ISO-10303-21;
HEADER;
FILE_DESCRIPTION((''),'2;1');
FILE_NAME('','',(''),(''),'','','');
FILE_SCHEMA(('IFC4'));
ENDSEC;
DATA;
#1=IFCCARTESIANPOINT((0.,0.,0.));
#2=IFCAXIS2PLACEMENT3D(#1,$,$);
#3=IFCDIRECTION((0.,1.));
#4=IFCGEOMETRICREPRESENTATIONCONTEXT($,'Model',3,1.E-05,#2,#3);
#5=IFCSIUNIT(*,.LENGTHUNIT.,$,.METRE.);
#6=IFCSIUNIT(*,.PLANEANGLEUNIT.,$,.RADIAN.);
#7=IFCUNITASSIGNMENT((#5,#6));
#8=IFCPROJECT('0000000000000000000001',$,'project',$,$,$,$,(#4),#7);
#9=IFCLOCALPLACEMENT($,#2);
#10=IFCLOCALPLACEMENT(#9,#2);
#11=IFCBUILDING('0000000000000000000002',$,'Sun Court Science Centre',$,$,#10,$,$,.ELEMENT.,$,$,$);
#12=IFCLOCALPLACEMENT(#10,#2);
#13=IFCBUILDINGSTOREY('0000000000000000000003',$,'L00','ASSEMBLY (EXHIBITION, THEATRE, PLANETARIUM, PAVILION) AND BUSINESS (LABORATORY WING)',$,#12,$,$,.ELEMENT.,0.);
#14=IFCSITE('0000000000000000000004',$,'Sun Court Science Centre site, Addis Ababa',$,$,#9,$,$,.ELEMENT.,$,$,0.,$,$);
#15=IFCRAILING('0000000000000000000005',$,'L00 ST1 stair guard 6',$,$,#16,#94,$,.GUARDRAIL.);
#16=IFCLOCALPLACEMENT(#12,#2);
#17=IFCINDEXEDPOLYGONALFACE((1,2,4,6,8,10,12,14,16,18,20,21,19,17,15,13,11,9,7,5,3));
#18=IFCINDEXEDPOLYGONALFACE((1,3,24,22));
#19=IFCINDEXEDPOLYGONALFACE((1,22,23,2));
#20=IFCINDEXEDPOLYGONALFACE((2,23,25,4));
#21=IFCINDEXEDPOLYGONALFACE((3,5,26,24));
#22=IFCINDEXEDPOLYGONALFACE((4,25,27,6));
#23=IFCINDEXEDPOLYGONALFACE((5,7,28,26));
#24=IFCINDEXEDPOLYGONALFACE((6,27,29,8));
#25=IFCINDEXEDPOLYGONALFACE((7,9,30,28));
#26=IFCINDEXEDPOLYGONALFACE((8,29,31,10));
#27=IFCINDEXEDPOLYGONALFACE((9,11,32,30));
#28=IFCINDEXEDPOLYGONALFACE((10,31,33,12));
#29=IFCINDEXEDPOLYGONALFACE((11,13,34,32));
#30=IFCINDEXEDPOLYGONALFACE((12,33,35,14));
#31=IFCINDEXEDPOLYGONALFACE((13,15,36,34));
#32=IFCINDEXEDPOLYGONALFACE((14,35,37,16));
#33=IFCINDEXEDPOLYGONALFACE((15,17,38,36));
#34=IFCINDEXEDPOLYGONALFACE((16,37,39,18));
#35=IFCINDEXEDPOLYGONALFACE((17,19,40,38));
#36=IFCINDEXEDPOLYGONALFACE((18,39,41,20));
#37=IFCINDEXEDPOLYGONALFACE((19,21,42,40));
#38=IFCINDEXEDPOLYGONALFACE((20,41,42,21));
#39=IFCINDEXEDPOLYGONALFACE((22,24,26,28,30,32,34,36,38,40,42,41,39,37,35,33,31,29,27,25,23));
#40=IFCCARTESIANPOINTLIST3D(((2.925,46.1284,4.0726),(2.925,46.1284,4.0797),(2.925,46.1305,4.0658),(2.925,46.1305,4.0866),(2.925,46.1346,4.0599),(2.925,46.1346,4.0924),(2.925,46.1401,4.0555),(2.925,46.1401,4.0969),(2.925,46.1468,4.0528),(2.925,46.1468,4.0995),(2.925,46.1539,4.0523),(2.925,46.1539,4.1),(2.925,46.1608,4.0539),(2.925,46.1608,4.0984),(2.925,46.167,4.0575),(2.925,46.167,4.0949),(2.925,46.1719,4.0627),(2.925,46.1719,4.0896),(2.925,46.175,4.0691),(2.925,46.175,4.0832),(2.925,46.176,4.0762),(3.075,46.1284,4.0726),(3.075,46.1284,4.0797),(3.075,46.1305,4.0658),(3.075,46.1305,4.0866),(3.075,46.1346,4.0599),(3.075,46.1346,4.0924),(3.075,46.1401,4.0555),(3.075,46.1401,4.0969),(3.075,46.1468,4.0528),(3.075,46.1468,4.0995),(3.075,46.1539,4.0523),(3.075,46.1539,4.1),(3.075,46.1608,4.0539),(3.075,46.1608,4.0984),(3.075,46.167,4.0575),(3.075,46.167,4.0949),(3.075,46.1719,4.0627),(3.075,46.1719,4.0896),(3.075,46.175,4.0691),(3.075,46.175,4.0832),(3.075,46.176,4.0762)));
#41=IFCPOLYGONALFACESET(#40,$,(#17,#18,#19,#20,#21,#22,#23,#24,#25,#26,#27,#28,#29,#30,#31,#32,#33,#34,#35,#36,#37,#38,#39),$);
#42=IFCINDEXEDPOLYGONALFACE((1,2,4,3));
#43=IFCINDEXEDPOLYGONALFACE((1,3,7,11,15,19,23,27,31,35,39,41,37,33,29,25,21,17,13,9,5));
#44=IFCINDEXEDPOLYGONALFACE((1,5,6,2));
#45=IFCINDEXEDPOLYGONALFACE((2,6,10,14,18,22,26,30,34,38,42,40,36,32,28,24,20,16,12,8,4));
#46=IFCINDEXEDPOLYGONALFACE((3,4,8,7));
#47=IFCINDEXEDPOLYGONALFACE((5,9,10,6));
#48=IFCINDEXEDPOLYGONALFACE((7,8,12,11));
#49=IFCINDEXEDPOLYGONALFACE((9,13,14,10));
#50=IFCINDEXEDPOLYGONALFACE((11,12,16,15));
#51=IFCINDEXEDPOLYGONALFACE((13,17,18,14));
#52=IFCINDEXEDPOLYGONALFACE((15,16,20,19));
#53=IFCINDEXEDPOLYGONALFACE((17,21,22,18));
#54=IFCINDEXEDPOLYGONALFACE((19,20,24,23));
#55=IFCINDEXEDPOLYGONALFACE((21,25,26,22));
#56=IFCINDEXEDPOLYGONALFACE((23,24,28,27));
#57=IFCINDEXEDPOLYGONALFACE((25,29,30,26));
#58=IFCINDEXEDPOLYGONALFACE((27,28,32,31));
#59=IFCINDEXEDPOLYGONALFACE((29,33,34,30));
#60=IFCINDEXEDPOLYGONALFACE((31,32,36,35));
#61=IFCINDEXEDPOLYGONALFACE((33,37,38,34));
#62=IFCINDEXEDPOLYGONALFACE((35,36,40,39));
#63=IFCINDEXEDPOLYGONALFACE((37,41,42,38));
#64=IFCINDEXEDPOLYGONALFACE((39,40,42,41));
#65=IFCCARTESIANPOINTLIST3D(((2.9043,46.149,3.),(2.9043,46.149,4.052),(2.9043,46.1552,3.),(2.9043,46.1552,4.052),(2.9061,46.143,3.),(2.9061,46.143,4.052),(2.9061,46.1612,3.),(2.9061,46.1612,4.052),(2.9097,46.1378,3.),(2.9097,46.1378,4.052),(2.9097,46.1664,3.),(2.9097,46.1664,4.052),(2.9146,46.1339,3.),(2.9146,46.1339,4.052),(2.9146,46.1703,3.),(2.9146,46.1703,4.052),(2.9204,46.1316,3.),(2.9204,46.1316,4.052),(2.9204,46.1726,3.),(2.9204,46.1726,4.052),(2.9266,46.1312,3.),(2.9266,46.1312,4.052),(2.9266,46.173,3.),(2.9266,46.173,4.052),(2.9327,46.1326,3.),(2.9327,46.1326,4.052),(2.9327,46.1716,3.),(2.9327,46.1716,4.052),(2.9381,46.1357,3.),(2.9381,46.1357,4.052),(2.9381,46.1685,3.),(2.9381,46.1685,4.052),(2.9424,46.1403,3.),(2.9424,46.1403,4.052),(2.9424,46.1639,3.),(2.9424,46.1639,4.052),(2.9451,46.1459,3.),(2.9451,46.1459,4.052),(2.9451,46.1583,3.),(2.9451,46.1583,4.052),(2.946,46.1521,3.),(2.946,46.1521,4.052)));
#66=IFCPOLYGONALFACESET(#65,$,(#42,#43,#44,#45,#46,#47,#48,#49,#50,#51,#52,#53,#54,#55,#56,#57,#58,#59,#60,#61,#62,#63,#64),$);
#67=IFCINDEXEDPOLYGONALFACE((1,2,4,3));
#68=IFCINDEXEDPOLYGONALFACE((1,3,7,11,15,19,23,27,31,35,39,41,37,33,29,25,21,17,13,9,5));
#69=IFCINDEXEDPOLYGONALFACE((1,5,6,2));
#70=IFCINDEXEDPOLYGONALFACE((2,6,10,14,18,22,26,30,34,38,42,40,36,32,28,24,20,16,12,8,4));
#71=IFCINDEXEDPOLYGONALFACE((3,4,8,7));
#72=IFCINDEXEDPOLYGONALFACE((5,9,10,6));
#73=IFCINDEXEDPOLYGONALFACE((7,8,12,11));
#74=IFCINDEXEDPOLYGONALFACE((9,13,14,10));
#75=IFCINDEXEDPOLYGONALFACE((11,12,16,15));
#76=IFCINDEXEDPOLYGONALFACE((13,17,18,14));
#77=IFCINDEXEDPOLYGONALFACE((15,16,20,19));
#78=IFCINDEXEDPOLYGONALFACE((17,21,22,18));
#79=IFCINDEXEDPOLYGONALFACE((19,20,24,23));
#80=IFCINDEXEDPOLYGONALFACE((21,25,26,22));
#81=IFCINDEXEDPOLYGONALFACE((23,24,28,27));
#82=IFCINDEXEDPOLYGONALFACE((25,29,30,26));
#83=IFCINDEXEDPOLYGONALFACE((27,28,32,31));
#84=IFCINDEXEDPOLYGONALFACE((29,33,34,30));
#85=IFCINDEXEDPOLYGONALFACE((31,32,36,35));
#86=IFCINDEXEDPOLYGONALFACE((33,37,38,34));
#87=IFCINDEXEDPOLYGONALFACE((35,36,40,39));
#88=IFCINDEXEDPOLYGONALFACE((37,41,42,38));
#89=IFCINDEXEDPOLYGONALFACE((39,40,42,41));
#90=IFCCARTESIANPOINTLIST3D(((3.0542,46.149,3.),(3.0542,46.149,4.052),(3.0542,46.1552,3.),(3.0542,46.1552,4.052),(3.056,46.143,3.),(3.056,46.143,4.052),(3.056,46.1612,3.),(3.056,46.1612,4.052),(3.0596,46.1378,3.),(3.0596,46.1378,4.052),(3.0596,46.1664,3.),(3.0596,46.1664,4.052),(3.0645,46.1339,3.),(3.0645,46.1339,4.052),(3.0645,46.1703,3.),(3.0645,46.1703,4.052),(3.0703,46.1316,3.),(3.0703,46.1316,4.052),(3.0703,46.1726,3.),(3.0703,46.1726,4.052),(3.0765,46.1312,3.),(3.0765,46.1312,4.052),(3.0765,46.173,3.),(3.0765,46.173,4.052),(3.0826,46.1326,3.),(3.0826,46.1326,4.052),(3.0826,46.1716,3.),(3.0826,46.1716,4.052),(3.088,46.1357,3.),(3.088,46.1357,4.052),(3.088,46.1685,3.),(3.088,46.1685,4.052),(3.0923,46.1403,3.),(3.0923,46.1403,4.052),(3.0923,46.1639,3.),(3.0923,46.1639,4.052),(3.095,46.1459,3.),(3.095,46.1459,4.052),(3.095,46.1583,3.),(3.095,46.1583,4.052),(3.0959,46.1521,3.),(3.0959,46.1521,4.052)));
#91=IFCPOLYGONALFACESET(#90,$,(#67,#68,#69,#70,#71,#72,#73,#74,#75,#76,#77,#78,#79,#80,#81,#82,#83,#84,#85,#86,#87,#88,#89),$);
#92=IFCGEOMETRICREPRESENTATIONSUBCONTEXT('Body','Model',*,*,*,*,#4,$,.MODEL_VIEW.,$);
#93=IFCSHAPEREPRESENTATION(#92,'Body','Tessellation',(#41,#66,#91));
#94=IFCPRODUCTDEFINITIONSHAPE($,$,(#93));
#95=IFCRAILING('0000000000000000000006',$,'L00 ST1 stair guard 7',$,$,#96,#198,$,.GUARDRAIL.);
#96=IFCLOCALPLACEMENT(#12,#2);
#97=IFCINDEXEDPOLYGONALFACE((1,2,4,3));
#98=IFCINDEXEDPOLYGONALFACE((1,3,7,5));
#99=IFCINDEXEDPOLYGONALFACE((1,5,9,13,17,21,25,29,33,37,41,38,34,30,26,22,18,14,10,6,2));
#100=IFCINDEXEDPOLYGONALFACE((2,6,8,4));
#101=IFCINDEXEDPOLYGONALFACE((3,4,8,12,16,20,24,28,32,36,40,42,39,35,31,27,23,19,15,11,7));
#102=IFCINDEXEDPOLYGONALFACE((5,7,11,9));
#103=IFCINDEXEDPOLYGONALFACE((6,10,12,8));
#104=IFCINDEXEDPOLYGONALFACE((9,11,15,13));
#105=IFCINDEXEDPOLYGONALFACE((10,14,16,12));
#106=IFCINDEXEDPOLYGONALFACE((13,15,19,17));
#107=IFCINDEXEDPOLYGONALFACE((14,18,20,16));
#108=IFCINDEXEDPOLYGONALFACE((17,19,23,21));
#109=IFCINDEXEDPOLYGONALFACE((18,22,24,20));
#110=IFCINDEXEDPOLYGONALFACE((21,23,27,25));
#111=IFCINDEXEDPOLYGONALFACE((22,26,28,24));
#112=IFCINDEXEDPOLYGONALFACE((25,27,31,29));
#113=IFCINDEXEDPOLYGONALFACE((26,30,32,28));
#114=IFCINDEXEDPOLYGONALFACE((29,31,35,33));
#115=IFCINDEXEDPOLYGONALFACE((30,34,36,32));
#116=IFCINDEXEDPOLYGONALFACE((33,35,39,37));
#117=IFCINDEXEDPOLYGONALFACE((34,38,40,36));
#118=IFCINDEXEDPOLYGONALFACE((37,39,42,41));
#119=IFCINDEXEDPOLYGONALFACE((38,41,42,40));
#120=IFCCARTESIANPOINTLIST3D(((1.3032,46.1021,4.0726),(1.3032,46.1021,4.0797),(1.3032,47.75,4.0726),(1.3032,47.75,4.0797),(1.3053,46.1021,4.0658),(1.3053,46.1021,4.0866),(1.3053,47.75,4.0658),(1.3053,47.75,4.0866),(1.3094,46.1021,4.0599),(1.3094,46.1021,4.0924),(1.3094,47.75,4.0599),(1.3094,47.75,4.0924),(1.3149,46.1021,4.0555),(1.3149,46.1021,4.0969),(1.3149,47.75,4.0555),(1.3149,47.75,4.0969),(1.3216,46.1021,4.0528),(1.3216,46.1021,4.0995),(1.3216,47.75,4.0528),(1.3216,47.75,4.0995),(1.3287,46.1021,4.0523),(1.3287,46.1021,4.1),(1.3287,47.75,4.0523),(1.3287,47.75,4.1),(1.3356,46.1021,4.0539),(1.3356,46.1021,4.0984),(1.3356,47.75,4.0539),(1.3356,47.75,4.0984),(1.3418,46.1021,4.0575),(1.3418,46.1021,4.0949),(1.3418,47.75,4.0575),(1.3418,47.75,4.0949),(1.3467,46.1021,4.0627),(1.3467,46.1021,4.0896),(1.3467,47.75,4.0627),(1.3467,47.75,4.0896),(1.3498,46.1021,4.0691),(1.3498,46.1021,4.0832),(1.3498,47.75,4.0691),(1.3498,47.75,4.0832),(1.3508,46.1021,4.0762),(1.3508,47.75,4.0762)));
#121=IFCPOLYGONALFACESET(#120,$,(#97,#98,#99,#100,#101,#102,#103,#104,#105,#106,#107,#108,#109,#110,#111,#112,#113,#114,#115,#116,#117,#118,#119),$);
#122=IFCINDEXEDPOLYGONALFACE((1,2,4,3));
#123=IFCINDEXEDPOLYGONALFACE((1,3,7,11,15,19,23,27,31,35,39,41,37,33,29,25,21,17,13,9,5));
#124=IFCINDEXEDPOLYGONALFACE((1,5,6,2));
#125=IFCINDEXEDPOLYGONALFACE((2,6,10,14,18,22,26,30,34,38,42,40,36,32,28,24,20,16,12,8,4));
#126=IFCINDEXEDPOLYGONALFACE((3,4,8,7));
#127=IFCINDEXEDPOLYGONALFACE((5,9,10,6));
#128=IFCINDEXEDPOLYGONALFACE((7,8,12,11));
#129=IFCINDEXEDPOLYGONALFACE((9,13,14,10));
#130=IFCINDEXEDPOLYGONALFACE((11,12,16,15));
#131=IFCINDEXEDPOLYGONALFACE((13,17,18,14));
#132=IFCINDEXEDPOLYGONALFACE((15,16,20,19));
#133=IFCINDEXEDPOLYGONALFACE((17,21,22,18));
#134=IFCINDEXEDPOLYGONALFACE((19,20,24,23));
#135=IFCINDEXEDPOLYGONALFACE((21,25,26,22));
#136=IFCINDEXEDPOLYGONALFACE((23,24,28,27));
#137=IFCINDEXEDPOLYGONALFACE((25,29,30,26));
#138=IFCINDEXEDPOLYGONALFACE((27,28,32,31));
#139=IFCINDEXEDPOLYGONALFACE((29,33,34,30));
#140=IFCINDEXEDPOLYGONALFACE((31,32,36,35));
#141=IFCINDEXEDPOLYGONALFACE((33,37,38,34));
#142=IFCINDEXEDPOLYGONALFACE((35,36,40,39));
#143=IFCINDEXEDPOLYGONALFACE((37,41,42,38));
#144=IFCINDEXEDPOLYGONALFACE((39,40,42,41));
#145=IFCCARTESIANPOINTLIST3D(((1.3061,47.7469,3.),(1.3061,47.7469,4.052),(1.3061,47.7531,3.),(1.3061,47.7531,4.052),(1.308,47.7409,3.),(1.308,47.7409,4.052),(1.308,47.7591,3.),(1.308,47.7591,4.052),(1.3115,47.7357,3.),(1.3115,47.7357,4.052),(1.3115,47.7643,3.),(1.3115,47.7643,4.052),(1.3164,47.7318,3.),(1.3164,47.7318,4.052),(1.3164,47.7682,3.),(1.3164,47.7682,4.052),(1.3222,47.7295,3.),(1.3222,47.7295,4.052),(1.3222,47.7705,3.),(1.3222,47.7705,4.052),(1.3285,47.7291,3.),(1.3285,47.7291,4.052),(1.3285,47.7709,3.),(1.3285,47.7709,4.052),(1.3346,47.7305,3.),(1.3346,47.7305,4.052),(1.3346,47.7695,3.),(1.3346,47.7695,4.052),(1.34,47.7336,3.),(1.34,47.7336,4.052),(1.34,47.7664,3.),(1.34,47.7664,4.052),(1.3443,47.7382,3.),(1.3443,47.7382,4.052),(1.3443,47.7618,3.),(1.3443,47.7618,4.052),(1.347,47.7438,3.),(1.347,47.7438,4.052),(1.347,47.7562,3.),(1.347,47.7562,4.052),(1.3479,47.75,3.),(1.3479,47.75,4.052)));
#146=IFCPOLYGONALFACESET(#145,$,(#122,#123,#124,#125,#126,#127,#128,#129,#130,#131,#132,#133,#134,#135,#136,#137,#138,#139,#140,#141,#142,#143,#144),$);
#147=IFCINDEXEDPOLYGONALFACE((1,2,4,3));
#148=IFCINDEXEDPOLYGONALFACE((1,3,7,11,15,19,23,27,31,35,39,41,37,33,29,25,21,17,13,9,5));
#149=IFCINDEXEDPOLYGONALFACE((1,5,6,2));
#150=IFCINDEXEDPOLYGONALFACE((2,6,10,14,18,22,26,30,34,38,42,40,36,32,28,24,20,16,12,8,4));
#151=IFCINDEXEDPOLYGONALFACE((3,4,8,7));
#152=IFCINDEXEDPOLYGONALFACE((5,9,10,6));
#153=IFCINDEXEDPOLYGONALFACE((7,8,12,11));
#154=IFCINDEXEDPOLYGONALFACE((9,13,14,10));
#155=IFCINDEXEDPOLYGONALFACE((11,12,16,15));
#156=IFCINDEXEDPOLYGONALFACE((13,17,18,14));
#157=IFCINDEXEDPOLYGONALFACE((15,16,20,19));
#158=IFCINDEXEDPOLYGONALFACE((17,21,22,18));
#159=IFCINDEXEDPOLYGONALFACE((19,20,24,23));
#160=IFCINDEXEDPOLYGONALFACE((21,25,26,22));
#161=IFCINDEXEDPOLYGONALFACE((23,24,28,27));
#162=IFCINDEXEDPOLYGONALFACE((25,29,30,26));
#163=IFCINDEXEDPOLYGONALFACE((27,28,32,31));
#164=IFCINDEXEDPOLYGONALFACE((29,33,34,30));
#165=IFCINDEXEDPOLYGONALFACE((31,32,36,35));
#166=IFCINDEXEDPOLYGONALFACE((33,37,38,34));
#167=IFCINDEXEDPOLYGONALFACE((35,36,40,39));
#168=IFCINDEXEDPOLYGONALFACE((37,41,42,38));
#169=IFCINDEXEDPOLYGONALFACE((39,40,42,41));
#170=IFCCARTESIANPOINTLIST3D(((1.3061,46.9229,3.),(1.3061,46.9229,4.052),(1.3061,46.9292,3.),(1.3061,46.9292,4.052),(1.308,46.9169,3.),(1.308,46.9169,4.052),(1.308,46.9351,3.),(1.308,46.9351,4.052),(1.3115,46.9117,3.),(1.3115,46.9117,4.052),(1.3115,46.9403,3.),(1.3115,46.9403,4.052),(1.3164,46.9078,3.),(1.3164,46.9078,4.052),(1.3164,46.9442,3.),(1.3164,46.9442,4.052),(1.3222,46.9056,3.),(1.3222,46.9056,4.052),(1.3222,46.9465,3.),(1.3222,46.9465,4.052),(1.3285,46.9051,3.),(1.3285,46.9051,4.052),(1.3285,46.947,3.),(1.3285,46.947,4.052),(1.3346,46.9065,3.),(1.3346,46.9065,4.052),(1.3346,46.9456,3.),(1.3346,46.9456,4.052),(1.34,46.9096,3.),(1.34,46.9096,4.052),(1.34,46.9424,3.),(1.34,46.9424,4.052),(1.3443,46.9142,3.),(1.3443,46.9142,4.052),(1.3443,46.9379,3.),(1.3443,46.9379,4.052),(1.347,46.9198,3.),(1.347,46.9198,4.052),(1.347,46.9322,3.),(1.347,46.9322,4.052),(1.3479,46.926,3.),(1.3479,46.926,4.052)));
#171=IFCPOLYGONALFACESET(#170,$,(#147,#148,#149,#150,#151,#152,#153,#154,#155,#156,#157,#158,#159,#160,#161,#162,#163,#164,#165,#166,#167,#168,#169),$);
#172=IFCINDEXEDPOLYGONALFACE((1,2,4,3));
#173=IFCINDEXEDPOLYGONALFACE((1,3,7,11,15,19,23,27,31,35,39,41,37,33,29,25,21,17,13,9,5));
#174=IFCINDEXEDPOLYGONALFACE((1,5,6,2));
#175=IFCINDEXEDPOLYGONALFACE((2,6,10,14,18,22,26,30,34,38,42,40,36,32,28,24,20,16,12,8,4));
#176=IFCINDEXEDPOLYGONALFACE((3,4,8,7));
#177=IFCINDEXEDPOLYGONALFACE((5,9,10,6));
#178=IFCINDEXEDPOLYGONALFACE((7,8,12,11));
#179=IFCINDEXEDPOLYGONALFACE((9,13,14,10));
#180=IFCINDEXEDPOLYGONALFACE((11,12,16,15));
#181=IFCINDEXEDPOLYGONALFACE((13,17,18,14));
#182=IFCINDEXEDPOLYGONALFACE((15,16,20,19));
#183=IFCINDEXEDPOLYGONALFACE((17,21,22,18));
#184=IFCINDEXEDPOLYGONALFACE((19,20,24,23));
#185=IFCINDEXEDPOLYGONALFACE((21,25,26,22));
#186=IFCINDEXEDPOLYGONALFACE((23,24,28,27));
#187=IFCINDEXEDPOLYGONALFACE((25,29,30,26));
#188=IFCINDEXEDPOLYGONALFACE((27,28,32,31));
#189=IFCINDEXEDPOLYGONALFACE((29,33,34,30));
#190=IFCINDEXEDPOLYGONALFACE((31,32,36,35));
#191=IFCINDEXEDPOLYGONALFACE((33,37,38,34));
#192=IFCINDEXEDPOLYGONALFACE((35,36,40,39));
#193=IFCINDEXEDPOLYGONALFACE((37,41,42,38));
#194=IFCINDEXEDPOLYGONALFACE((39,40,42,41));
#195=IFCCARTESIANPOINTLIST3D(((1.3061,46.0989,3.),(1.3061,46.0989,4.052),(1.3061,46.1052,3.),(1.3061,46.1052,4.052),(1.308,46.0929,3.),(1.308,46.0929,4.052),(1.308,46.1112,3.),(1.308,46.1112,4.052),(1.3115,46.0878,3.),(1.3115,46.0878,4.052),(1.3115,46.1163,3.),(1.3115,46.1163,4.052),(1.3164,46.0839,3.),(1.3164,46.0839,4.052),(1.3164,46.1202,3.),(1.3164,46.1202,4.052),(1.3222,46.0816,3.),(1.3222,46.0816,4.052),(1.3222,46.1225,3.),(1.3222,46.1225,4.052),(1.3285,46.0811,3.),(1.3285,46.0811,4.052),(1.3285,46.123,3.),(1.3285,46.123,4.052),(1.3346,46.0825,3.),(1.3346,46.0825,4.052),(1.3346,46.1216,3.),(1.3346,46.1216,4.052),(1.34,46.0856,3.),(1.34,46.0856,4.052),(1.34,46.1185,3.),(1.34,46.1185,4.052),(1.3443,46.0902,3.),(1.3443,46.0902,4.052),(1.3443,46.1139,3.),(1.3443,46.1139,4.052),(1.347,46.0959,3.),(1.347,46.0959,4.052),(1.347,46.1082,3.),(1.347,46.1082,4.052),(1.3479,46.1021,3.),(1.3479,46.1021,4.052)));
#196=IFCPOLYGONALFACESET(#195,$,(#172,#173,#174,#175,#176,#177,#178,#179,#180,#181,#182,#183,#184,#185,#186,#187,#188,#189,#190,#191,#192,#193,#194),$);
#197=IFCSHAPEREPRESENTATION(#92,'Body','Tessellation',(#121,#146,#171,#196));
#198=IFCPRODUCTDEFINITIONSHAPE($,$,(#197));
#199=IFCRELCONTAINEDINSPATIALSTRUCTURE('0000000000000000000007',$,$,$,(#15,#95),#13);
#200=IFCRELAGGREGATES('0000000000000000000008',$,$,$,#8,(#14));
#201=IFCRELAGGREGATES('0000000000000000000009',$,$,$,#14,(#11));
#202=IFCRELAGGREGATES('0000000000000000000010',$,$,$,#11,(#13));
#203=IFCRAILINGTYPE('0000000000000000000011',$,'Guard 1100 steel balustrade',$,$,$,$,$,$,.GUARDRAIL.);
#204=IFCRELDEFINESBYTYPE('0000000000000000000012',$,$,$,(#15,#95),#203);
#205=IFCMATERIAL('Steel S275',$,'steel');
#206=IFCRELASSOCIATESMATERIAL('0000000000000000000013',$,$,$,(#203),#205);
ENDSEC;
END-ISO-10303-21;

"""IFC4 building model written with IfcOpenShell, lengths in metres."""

from ifc_helpers import new_model, si_unit, direction, frame, origin, origin_2d, place, context, subcontext, project, spatial, circle, extrude, material, type_object, element, save


model = new_model("IFC4")

# Units and contexts
model_context = context("Model", 3, precision=1e-05, world=origin(), true_north=direction((0.0, 1.0)))
body_context = subcontext(model_context, "Body", "Model", "MODEL_VIEW")
ifc_project = project(units=[si_unit("LENGTHUNIT", "METRE"), si_unit("PLANEANGLEUNIT", "RADIAN")], contexts=[model_context])

# Site, building, storey
site_placement = place(None, origin())
site = spatial("IfcSite", under=ifc_project, at=site_placement, Name="Sun Court Science Centre site, Addis Ababa", CompositionType="ELEMENT", RefElevation=0.0)
building_placement = place(site_placement, origin())
building = spatial("IfcBuilding", under=site, at=building_placement, Name="Sun Court Science Centre", CompositionType="ELEMENT")
storey_placement = place(building_placement, origin())
storey = spatial("IfcBuildingStorey", under=building, at=storey_placement, Name="L00", Description="ASSEMBLY (EXHIBITION, THEATRE, PLANETARIUM, PAVILION) AND BUSINESS (LABORATORY WING)", CompositionType="ELEMENT", Elevation=0.0)

# Railings
ifc_material_1 = material(Name="Steel S275", Category="steel")
railing_type_1 = type_object("IfcRailingType", Name="Guard 1100 steel balustrade", PredefinedType="GUARDRAIL", material=ifc_material_1)
railing_1_placement = place(storey_placement, frame((2.925, 46.1521, 3.0)))
element("IfcRailing", 1, at=railing_1_placement, inside=storey, type_object=railing_type_1, Name="L00 ST1 stair guard 6", PredefinedType="GUARDRAIL", context=body_context, shape_type="SweptSolid", body=[
    extrude(circle(Radius=0.0239, at=origin_2d()), frame((0.0, 0.0, 1.0762), z_axis=(1.0, 0.0, 0.0), x_axis=(0.0, 1.0, 0.0)), (0.0, 0.0, 1.0), 0.1499),
    extrude(circle(Radius=0.021, at=origin_2d()), origin(), (0.0, 0.0, 1.0), 1.052),
    extrude(circle(Radius=0.021, at=origin_2d()), frame((0.1499, 0.0, 0.0)), (0.0, 0.0, 1.0), 1.052),
])
for number, where, name in (
    (2, (1.3269, 47.75, 3.0), "L00 ST1 stair guard 7"),
):
    element("IfcRailing", number, at=place(storey_placement, frame(where)), inside=storey, type_object=railing_type_1, Name=name, PredefinedType="GUARDRAIL", context=body_context, shape_type="SweptSolid", body=[
        extrude(circle(Radius=0.0239, at=origin_2d()), frame((0.0, 0.0, 1.0762), z_axis=(0.0, -1.0, 0.0), x_axis=(1.0, 0.0, 0.0)), (0.0, 0.0, 1.0), 1.6479),
        extrude(circle(Radius=0.021, at=origin_2d()), origin(), (0.0, 0.0, 1.0), 1.052),
        extrude(circle(Radius=0.021, at=origin_2d()), frame((0.0, -0.824, 0.0)), (0.0, 0.0, 1.0), 1.052),
        extrude(circle(Radius=0.021, at=origin_2d()), frame((0.0, -1.6479, 0.0)), (0.0, 0.0, 1.0), 1.052),
    ])

save(model, "model.ifc")
